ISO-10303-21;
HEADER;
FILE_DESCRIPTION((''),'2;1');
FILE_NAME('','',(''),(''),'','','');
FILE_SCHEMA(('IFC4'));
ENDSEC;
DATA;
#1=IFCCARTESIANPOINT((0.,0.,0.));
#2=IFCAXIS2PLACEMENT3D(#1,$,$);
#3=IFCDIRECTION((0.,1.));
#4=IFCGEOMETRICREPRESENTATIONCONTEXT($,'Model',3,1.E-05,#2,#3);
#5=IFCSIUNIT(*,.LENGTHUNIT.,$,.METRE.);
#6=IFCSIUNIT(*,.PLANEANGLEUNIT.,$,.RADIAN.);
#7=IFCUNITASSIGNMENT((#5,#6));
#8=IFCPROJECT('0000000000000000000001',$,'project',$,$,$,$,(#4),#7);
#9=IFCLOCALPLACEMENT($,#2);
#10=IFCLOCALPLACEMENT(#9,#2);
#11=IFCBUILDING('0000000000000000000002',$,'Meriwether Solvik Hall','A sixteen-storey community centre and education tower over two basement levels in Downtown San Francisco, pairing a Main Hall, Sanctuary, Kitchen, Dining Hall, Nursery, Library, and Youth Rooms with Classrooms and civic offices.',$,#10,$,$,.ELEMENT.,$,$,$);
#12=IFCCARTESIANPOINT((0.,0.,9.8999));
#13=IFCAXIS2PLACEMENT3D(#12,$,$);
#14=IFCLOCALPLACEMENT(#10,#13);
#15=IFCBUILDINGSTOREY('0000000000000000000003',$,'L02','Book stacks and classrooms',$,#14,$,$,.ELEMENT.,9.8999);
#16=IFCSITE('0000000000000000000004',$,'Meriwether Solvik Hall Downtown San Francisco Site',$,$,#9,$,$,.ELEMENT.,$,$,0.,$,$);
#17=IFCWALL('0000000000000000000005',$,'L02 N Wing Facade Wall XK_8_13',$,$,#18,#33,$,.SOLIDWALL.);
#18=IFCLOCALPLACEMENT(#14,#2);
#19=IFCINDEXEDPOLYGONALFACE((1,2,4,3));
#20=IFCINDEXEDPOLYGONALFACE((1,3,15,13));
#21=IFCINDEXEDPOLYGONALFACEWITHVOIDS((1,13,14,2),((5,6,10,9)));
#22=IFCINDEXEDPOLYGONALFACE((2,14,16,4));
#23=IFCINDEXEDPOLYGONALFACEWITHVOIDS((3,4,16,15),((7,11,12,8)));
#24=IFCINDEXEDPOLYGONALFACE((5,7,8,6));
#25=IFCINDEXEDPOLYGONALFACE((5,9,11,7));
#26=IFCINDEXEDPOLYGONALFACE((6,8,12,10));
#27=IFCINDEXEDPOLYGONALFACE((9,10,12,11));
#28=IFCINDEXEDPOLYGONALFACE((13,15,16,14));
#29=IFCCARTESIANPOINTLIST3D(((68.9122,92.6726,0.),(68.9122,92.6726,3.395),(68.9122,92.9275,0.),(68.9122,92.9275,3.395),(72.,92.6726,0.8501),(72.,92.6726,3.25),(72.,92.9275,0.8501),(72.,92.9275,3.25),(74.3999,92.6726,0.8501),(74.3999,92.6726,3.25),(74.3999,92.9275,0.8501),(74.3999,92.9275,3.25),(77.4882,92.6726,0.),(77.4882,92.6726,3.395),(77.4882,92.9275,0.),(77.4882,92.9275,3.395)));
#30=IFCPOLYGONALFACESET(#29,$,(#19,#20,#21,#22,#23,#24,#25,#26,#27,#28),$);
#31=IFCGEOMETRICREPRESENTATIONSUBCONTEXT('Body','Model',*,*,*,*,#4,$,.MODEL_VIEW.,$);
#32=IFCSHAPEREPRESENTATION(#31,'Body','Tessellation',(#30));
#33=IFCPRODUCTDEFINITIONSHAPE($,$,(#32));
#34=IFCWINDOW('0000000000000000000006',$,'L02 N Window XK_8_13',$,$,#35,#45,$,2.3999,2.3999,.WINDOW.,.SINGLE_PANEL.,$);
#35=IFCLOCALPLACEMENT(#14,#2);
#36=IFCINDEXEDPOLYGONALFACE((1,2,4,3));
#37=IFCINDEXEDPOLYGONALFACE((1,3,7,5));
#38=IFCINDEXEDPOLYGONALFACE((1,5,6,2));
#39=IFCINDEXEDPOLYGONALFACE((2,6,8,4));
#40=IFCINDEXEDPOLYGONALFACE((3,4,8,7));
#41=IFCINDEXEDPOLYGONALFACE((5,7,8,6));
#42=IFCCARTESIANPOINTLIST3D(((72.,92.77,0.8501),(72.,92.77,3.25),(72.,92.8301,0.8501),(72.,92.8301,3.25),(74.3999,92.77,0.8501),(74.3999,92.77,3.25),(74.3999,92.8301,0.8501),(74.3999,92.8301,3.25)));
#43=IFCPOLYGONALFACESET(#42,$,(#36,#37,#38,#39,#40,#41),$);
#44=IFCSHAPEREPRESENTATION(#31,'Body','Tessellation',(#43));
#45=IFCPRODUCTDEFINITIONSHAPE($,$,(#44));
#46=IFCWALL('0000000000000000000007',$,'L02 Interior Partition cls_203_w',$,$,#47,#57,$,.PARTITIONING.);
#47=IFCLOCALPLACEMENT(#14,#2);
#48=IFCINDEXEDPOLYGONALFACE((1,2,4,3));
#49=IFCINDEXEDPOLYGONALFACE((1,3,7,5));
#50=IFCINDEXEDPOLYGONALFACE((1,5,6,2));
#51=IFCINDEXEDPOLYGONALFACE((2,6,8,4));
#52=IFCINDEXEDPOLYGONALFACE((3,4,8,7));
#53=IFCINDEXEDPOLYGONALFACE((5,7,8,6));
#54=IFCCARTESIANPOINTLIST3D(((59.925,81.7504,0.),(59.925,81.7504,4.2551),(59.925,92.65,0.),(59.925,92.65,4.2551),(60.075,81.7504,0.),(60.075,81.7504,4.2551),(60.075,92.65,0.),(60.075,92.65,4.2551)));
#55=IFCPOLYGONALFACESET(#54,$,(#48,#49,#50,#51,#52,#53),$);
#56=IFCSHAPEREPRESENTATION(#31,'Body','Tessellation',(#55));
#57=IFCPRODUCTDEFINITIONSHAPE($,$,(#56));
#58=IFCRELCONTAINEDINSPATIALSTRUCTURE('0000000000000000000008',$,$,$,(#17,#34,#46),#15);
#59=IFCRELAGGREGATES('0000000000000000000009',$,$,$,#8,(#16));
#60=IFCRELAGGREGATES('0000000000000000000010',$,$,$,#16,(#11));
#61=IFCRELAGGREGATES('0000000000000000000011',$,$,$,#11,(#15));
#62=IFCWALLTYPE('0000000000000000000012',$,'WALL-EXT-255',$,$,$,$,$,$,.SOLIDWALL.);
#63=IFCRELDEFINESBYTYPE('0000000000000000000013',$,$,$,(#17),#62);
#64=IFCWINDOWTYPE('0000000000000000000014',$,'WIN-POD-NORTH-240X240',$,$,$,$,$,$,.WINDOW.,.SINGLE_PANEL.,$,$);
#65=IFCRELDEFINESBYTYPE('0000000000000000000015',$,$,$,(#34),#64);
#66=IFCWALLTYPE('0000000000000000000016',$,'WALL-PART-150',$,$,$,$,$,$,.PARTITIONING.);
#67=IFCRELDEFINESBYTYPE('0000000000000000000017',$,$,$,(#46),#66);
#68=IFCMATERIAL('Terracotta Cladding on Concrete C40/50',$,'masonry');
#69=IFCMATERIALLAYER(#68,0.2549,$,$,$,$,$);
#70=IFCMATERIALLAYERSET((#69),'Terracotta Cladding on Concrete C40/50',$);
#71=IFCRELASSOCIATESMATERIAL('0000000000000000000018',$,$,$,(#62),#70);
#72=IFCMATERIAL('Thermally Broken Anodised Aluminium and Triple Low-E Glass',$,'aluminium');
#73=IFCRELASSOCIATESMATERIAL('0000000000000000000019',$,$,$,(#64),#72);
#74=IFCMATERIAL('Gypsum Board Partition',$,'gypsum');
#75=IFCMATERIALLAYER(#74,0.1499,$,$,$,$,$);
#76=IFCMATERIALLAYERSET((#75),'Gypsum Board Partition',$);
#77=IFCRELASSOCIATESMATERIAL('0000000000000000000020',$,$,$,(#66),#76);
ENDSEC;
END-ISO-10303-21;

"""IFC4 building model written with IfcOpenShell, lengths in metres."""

from ifc_helpers import new_model, si_unit, direction, frame, frame_2d, origin, place, context, subcontext, project, spatial, rectangle, extrude, material, layer, layer_set, type_object, element, fill, save


model = new_model("IFC4")

# Units and contexts
model_context = context("Model", 3, precision=1e-05, world=origin(), true_north=direction((0.0, 1.0)))
body_context = subcontext(model_context, "Body", "Model", "MODEL_VIEW")
ifc_project = project(units=[si_unit("LENGTHUNIT", "METRE"), si_unit("PLANEANGLEUNIT", "RADIAN")], contexts=[model_context])

# Site, building, storey
site_placement = place(None, origin())
site = spatial("IfcSite", under=ifc_project, at=site_placement, Name="Meriwether Solvik Hall Downtown San Francisco Site", CompositionType="ELEMENT", RefElevation=0.0)
building_placement = place(site_placement, origin())
building = spatial("IfcBuilding", under=site, at=building_placement, Name="Meriwether Solvik Hall", Description="A sixteen-storey community centre and education tower over two basement levels in Downtown San Francisco, pairing a Main Hall, Sanctuary, Kitchen, Dining Hall, Nursery, Library, and Youth Rooms with Classrooms and civic offices.", CompositionType="ELEMENT")
storey_placement = place(building_placement, frame((0.0, 0.0, 9.8999)))
storey = spatial("IfcBuildingStorey", under=building, at=storey_placement, Name="L02", Description="Book stacks and classrooms", CompositionType="ELEMENT", Elevation=9.8999)

# Wall, opening, window
ifc_material_1 = material(Name="Terracotta Cladding on Concrete C40/50", Category="masonry")
ifc_layer_1 = layer(ifc_material_1, 0.2549)
ifc_layer_set_1 = layer_set([ifc_layer_1], Name="Terracotta Cladding on Concrete C40/50")
wall_type_1 = type_object("IfcWallType", Name="WALL-EXT-255", PredefinedType="SOLIDWALL", material=ifc_layer_set_1)
ifc_material_2 = material(Name="Thermally Broken Anodised Aluminium and Triple Low-E Glass", Category="aluminium")
window_type = type_object("IfcWindowType", Name="WIN-POD-NORTH-240X240", PartitioningType="SINGLE_PANEL", PredefinedType="WINDOW", material=ifc_material_2)
wall_1_placement = place(storey_placement, frame((68.9121, 92.8, 0.0), z_axis=(0.0, 0.0, 1.0), x_axis=(1.0, 0.0, 0.0)))
wall_1 = element("IfcWall", 1, at=wall_1_placement, inside=storey, type_object=wall_type_1, Name="L02 N Wing Facade Wall XK_8_13", PredefinedType="SOLIDWALL", context=body_context, shape_type="SweptSolid", body=[
    extrude(rectangle(XDim=8.5759, YDim=0.2549, at=frame_2d((4.2881, 0.0))), origin(), (0.0, 0.0, 1.0), 3.395),
])
opening_1_placement = place(wall_1_placement, frame((3.0879, 0.0, 0.8501)))
opening_1 = element("IfcOpeningElement", 2, at=opening_1_placement, cuts=wall_1, PredefinedType="OPENING", context=body_context, shape_type="SweptSolid", body=[
    extrude(rectangle(XDim=2.3999, YDim=2.3999, at=frame_2d((1.2, 1.2))), frame((0.0, 0.1394, 0.0), z_axis=(0.0, -1.0, 0.0), x_axis=(1.0, 0.0, 0.0)), (0.0, 0.0, 1.0), 0.2788),
])
window_1_placement = place(opening_1_placement, origin())
window_1 = element("IfcWindow", 3, at=window_1_placement, inside=storey, type_object=window_type, Name="L02 N Window XK_8_13", OverallHeight=2.3999, OverallWidth=2.3999, PartitioningType="SINGLE_PANEL", PredefinedType="WINDOW", context=body_context, shape_type="SweptSolid", body=[
    extrude(rectangle(XDim=2.3999, YDim=2.3999, at=frame_2d((1.2, 1.2))), frame((0.0, 0.03, 0.0), z_axis=(0.0, -1.0, 0.0), x_axis=(1.0, 0.0, 0.0)), (0.0, 0.0, 1.0), 0.0601),
])
fill(opening_1, window_1)

# Wall
ifc_material_3 = material(Name="Gypsum Board Partition", Category="gypsum")
ifc_layer_2 = layer(ifc_material_3, 0.1499)
ifc_layer_set_2 = layer_set([ifc_layer_2], Name="Gypsum Board Partition")
wall_type_2 = type_object("IfcWallType", Name="WALL-PART-150", PredefinedType="PARTITIONING", material=ifc_layer_set_2)
wall_2_placement = place(storey_placement, frame((60.0, 92.6499, 0.0), z_axis=(0.0, 0.0, 1.0), x_axis=(0.0, -1.0, 0.0)))
element("IfcWall", 4, at=wall_2_placement, inside=storey, type_object=wall_type_2, Name="L02 Interior Partition cls_203_w", PredefinedType="PARTITIONING", context=body_context, shape_type="SweptSolid", body=[
    extrude(rectangle(XDim=10.8997, YDim=0.1499, at=frame_2d((5.4497, 0.0))), origin(), (0.0, 0.0, 1.0), 4.2551),
])

save(model, "model.ifc")
